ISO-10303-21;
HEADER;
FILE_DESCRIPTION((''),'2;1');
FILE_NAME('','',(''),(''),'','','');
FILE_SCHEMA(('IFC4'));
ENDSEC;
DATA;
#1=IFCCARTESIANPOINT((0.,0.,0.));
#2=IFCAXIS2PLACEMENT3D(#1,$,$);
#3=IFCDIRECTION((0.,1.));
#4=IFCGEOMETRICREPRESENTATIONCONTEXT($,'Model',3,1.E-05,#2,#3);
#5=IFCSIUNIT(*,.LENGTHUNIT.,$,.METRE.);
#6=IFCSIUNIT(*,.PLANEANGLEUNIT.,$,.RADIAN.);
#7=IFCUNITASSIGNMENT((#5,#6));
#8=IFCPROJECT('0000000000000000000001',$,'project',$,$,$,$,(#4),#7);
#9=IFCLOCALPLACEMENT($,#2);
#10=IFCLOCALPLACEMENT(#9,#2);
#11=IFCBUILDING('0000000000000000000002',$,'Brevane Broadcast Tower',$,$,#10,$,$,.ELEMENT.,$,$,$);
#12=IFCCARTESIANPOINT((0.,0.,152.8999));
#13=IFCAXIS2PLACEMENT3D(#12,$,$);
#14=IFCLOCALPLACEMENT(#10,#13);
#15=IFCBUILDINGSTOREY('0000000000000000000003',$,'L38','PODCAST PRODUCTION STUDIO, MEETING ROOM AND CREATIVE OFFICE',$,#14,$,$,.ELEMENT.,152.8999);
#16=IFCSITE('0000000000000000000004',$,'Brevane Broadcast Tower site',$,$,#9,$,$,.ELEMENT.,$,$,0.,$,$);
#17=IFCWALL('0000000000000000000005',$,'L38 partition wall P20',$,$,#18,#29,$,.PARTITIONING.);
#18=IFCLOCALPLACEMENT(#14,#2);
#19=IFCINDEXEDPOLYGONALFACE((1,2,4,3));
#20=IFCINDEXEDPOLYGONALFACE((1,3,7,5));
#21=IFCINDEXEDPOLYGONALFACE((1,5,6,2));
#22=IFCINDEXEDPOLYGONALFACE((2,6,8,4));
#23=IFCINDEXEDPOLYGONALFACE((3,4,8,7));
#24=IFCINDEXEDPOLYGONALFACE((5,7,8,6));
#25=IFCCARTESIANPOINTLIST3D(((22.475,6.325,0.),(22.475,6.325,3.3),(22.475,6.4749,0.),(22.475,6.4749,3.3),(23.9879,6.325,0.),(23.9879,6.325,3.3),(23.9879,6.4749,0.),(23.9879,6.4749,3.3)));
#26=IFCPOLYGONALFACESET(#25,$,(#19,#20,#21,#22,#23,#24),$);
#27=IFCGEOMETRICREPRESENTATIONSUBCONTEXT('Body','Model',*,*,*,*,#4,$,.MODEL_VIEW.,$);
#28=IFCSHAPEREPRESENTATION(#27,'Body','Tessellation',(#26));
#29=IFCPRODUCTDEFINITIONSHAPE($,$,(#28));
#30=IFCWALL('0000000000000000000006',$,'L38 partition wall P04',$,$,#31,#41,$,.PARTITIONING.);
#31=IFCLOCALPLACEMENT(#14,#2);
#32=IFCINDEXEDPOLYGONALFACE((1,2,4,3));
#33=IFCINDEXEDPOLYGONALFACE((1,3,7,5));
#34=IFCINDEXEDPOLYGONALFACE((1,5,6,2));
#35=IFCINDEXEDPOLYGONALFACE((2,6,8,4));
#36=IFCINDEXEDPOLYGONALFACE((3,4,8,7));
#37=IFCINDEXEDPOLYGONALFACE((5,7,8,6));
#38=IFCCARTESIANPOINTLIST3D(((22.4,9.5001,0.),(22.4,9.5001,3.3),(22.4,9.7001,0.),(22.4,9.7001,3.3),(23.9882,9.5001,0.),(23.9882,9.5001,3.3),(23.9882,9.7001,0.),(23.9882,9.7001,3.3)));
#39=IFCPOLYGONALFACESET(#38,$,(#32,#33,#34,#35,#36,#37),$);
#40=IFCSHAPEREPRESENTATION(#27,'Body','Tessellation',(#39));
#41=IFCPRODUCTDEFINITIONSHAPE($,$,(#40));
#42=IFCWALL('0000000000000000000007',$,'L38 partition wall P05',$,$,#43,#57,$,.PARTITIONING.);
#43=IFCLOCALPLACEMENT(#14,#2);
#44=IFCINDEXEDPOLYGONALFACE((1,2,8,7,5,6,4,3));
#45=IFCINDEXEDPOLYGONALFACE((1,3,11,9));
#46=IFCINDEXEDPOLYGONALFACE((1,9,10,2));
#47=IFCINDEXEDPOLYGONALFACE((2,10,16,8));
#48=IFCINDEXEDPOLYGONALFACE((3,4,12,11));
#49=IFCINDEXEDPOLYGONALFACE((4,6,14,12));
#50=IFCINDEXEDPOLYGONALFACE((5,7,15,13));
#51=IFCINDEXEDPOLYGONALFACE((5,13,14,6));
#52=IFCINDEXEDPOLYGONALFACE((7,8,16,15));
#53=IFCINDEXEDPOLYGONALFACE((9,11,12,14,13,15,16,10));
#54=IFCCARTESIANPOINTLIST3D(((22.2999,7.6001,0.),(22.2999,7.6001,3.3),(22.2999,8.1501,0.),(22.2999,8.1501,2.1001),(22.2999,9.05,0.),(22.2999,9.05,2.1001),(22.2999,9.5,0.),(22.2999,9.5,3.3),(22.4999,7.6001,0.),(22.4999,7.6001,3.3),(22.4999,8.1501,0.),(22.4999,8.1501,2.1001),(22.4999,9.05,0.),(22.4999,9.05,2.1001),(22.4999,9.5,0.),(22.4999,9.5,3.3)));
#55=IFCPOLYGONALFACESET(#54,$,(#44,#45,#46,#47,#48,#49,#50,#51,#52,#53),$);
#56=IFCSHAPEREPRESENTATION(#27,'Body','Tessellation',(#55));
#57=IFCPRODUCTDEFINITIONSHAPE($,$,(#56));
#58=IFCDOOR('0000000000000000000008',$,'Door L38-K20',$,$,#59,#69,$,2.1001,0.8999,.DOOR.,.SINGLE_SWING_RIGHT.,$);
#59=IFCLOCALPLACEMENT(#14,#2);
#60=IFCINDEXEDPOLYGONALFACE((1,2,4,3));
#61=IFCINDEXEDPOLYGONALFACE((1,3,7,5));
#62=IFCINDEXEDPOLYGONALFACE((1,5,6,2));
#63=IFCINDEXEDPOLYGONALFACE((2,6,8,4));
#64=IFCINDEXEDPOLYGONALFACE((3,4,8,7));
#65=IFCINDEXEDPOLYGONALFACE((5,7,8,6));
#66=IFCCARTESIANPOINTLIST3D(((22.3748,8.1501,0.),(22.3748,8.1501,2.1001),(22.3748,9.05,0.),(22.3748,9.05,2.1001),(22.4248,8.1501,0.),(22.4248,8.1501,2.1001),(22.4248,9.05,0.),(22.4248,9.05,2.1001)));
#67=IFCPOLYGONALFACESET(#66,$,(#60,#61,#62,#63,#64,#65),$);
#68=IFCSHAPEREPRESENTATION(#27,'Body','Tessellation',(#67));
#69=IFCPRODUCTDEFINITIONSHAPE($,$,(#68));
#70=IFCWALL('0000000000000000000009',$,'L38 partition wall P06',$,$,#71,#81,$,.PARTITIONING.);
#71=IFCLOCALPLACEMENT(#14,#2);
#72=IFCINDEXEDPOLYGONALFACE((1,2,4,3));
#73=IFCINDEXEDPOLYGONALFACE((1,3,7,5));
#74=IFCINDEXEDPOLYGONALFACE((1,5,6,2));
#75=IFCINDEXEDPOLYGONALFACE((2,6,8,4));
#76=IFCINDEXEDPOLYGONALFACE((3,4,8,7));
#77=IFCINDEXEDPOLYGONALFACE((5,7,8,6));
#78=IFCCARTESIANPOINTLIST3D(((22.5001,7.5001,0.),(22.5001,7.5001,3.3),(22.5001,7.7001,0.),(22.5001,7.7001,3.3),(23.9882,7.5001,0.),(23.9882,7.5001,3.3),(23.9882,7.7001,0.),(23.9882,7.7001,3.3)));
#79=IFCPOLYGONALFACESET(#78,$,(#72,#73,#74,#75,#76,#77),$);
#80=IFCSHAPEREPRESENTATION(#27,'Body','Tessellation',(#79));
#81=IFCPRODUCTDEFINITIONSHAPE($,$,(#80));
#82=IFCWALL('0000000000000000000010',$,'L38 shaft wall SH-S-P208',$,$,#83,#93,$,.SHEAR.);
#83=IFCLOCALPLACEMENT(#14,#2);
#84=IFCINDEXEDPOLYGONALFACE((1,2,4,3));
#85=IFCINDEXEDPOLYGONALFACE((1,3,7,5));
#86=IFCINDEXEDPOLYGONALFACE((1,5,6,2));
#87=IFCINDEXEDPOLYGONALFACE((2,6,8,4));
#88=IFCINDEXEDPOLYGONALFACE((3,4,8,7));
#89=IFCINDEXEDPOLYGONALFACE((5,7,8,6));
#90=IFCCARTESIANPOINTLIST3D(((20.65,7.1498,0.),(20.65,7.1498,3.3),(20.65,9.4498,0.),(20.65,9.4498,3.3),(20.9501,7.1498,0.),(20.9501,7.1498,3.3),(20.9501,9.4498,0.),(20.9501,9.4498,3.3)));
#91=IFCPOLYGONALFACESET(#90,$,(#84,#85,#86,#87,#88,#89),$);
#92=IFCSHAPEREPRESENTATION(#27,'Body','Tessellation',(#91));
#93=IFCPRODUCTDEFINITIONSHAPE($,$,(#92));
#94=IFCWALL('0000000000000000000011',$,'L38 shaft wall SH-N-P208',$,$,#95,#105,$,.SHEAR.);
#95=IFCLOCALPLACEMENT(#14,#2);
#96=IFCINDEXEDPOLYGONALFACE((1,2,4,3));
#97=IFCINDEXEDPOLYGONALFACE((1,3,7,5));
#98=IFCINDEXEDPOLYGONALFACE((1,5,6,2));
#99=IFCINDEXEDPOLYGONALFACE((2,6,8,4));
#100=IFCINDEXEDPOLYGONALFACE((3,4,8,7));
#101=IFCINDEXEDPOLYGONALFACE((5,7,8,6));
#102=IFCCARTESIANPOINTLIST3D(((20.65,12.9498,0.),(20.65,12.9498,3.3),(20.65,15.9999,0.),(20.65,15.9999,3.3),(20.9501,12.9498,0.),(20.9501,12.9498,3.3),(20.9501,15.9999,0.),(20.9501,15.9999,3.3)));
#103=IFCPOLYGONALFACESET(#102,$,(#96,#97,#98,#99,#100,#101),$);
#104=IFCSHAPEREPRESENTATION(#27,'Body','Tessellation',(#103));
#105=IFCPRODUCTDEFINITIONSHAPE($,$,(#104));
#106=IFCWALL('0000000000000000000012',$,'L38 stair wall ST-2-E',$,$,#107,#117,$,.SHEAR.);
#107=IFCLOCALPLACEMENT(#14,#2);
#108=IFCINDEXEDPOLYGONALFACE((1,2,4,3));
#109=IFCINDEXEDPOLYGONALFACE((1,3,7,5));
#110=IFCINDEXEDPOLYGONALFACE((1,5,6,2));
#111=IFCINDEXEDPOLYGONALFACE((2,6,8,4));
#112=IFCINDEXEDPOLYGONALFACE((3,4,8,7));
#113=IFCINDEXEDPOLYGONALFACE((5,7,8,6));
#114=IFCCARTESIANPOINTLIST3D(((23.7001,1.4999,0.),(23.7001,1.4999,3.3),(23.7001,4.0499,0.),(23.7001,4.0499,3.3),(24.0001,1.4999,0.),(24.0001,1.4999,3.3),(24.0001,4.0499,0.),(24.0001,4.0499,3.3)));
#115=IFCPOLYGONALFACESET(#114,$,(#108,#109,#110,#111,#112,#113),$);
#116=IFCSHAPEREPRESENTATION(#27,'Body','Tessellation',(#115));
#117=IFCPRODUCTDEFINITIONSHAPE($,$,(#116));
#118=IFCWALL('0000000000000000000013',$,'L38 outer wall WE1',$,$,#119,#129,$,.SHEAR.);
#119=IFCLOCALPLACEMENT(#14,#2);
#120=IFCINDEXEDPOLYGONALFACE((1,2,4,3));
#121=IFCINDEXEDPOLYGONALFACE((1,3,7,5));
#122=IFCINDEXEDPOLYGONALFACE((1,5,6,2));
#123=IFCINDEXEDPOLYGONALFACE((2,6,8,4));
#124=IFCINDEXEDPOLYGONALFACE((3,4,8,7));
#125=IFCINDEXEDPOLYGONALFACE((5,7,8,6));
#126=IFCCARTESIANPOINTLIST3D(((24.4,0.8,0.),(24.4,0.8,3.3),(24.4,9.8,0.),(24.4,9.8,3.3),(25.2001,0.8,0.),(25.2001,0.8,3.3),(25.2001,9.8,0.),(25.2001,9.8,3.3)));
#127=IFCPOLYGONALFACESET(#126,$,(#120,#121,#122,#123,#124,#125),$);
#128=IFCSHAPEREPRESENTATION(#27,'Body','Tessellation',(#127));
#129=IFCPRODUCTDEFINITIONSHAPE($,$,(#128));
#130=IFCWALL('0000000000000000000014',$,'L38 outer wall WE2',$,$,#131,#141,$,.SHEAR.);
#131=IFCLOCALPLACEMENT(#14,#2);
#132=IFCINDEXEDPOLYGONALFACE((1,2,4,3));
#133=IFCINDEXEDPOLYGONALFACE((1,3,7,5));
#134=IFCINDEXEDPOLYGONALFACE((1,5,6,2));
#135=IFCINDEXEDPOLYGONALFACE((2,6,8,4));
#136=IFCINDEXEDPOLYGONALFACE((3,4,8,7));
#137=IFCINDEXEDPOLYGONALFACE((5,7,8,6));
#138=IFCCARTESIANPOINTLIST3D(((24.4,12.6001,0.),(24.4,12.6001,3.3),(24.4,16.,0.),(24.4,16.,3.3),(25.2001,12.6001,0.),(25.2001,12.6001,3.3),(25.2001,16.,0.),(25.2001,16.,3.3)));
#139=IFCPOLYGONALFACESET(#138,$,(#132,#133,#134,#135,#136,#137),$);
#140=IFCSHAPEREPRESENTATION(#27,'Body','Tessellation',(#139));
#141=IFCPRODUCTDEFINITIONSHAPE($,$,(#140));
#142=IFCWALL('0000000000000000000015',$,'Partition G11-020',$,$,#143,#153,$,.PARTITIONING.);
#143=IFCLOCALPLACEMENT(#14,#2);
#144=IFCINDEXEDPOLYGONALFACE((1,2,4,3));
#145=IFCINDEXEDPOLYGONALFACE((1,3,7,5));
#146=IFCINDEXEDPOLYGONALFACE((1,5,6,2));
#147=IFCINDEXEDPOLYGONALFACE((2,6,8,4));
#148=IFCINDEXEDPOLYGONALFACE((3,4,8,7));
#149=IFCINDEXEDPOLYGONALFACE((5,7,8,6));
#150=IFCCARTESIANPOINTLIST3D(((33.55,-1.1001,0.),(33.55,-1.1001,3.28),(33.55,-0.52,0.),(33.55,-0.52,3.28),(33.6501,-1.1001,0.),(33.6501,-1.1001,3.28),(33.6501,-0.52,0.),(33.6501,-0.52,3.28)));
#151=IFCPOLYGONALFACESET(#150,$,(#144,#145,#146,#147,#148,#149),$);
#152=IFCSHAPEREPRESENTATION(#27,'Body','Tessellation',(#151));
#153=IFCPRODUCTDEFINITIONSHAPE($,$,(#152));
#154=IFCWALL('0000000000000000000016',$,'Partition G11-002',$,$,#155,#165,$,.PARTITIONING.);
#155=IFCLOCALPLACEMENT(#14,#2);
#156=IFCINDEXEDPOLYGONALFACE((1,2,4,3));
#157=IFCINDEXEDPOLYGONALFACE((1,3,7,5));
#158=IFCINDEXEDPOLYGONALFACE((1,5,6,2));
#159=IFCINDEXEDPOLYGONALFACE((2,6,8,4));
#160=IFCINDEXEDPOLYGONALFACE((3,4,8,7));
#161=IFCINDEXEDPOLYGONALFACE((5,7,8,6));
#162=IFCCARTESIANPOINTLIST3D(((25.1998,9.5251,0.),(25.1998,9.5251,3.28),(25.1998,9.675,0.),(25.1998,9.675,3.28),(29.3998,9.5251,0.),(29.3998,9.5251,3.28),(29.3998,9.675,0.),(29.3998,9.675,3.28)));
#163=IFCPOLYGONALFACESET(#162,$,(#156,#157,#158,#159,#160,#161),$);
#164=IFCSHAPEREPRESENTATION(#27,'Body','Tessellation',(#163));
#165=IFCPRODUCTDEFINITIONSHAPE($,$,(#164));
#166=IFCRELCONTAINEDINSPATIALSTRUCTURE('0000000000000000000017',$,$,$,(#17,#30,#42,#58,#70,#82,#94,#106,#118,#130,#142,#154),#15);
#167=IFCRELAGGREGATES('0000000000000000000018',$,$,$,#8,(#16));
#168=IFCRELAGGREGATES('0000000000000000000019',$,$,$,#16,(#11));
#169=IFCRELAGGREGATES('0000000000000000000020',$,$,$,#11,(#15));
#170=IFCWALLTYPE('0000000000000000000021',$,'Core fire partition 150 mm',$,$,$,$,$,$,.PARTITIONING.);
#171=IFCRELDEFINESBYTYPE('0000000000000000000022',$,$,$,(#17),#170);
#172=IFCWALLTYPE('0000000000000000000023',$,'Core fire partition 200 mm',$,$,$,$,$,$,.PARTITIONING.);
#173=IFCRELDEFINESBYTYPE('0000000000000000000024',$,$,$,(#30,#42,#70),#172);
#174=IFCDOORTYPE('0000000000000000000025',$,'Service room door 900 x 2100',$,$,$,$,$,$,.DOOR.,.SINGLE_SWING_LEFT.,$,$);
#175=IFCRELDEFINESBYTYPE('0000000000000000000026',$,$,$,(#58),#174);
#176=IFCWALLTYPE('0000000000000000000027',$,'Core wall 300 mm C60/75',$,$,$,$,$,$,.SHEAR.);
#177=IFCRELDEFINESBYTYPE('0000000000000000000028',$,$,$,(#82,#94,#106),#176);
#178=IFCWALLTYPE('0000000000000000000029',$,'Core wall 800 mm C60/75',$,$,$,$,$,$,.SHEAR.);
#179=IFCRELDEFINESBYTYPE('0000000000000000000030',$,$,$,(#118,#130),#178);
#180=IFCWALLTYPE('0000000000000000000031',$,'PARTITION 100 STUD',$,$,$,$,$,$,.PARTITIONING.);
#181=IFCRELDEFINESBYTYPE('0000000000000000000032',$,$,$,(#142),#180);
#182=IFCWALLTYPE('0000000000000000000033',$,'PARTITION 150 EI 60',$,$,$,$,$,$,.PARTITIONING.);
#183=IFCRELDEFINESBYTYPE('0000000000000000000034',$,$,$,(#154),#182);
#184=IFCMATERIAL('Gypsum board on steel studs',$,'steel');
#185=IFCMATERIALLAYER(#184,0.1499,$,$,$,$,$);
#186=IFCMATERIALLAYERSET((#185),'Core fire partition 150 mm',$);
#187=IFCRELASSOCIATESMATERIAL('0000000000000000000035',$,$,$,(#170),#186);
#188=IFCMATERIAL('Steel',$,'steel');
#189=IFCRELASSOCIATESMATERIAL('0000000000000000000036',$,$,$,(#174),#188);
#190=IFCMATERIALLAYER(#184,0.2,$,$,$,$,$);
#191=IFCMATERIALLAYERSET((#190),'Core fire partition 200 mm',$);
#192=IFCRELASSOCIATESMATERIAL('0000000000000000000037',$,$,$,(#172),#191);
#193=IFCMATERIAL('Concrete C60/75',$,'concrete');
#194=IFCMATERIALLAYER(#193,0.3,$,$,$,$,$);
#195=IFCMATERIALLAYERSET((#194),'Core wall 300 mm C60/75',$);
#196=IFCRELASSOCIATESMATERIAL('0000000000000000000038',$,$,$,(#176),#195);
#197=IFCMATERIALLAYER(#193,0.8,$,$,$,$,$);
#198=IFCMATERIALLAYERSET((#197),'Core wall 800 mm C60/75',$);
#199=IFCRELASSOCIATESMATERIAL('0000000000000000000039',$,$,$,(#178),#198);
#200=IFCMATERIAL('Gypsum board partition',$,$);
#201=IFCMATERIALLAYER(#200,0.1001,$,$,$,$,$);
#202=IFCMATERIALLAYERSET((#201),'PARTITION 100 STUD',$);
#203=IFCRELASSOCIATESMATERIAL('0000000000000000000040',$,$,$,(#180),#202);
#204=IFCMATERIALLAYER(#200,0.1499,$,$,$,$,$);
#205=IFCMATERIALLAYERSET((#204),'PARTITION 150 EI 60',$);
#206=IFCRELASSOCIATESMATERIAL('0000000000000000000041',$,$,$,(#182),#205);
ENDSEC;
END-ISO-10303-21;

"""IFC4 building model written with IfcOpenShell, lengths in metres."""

from ifc_helpers import new_model, si_unit, direction, frame, frame_2d, origin, place, context, subcontext, project, spatial, rectangle, extrude, material, layer, layer_set, type_object, element, fill, save


model = new_model("IFC4")

# Units and contexts
model_context = context("Model", 3, precision=1e-05, world=origin(), true_north=direction((0.0, 1.0)))
body_context = subcontext(model_context, "Body", "Model", "MODEL_VIEW")
ifc_project = project(units=[si_unit("LENGTHUNIT", "METRE"), si_unit("PLANEANGLEUNIT", "RADIAN")], contexts=[model_context])

# Site, building, storey
site_placement = place(None, origin())
site = spatial("IfcSite", under=ifc_project, at=site_placement, Name="Brevane Broadcast Tower site", CompositionType="ELEMENT", RefElevation=0.0)
building_placement = place(site_placement, origin())
building = spatial("IfcBuilding", under=site, at=building_placement, Name="Brevane Broadcast Tower", CompositionType="ELEMENT")
storey_placement = place(building_placement, frame((0.0, 0.0, 152.8999)))
storey = spatial("IfcBuildingStorey", under=building, at=storey_placement, Name="L38", Description="PODCAST PRODUCTION STUDIO, MEETING ROOM AND CREATIVE OFFICE", CompositionType="ELEMENT", Elevation=152.8999)

# Shared definitions
ifc_material_1 = material(Name="Concrete C60/75", Category="concrete")

# Shared definitions
ifc_material_2 = material(Name="Gypsum board on steel studs", Category="steel")
ifc_layer_1 = layer(ifc_material_2, 0.1499)
ifc_layer_set_1 = layer_set([ifc_layer_1], Name="Core fire partition 150 mm")
wall_type_1 = type_object("IfcWallType", Name="Core fire partition 150 mm", PredefinedType="PARTITIONING", material=ifc_layer_set_1)
ifc_material_3 = material(Name="Steel", Category="steel")
door_type_1 = type_object("IfcDoorType", Name="Service room door 900 x 2100", OperationType="SINGLE_SWING_LEFT", PredefinedType="DOOR", material=ifc_material_3)

# Walls
wall_1_placement = place(storey_placement, frame((22.4751, 6.3999, 0.0), z_axis=(0.0, 0.0, 1.0), x_axis=(1.0, 0.0, 0.0)))
element("IfcWall", 1, at=wall_1_placement, inside=storey, type_object=wall_type_1, Name="L38 partition wall P20", PredefinedType="PARTITIONING", context=body_context, shape_type="SweptSolid", body=[
    extrude(rectangle(XDim=1.5129, YDim=0.1499, at=frame_2d((0.7563, 0.0))), origin(), (0.0, 0.0, 1.0), 3.3),
])
ifc_layer_2 = layer(ifc_material_2, 0.2)
ifc_layer_set_2 = layer_set([ifc_layer_2], Name="Core fire partition 200 mm")
wall_type_2 = type_object("IfcWallType", Name="Core fire partition 200 mm", PredefinedType="PARTITIONING", material=ifc_layer_set_2)
wall_2_placement = place(storey_placement, frame((23.988, 9.6001, 0.0), z_axis=(0.0, 0.0, 1.0), x_axis=(-1.0, 0.0, 0.0)))
element("IfcWall", 2, at=wall_2_placement, inside=storey, type_object=wall_type_2, Name="L38 partition wall P04", PredefinedType="PARTITIONING", context=body_context, shape_type="SweptSolid", body=[
    extrude(rectangle(XDim=1.5881, YDim=0.2, at=frame_2d((0.7939, 0.0))), origin(), (0.0, 0.0, 1.0), 3.3),
])

# Wall, opening, door
wall_3_placement = place(storey_placement, frame((22.3999, 9.5, 0.0), z_axis=(0.0, 0.0, 1.0), x_axis=(0.0, -1.0, 0.0)))
wall_3 = element("IfcWall", 3, at=wall_3_placement, inside=storey, type_object=wall_type_2, Name="L38 partition wall P05", PredefinedType="PARTITIONING", context=body_context, shape_type="SweptSolid", body=[
    extrude(rectangle(XDim=1.8999, YDim=0.2, at=frame_2d((0.95, 0.0))), origin(), (0.0, 0.0, 1.0), 3.3),
])
opening_1_placement = place(wall_3_placement, frame((0.45, 0.0, 0.0)))
opening_1 = element("IfcOpeningElement", 4, at=opening_1_placement, cuts=wall_3, PredefinedType="OPENING", context=body_context, shape_type="SweptSolid", body=[
    extrude(rectangle(XDim=0.8999, YDim=2.1001, at=frame_2d((0.45, 1.05))), frame((0.0, 0.1099, 0.0), z_axis=(0.0, -1.0, 0.0), x_axis=(1.0, 0.0, 0.0)), (0.0, 0.0, 1.0), 0.22),
])
door_1_placement = place(opening_1_placement, origin())
door_1 = element("IfcDoor", 5, at=door_1_placement, inside=storey, type_object=door_type_1, Name="Door L38-K20", OperationType="SINGLE_SWING_RIGHT", OverallHeight=2.1001, OverallWidth=0.8999, PredefinedType="DOOR", context=body_context, shape_type="SweptSolid", body=[
    extrude(rectangle(XDim=0.8999, YDim=2.1001, at=frame_2d((0.45, 1.05))), frame((0.0, 0.0249, 0.0), z_axis=(0.0, -1.0, 0.0), x_axis=(1.0, 0.0, 0.0)), (0.0, 0.0, 1.0), 0.05),
])
fill(opening_1, door_1)

# Walls
wall_4_placement = place(storey_placement, frame((22.5, 7.6001, 0.0), z_axis=(0.0, 0.0, 1.0), x_axis=(1.0, 0.0, 0.0)))
element("IfcWall", 6, at=wall_4_placement, inside=storey, type_object=wall_type_2, Name="L38 partition wall P06", PredefinedType="PARTITIONING", context=body_context, shape_type="SweptSolid", body=[
    extrude(rectangle(XDim=1.488, YDim=0.2, at=frame_2d((0.7441, 0.0))), origin(), (0.0, 0.0, 1.0), 3.3),
])
ifc_layer_3 = layer(ifc_material_1, 0.3)
ifc_layer_set_3 = layer_set([ifc_layer_3], Name="Core wall 300 mm C60/75")
wall_type_3 = type_object("IfcWallType", Name="Core wall 300 mm C60/75", PredefinedType="SHEAR", material=ifc_layer_set_3)
wall_5_placement = place(storey_placement, frame((20.8, 7.1499, 0.0), z_axis=(0.0, 0.0, 1.0), x_axis=(0.0, 1.0, 0.0)))
element("IfcWall", 7, at=wall_5_placement, inside=storey, type_object=wall_type_3, Name="L38 shaft wall SH-S-P208", PredefinedType="SHEAR", context=body_context, shape_type="SweptSolid", body=[
    extrude(rectangle(XDim=2.3, YDim=0.3, at=frame_2d((1.1499, 0.0))), origin(), (0.0, 0.0, 1.0), 3.3),
])
wall_6_placement = place(storey_placement, frame((20.8, 12.95, 0.0), z_axis=(0.0, 0.0, 1.0), x_axis=(0.0, 1.0, 0.0)))
element("IfcWall", 8, at=wall_6_placement, inside=storey, type_object=wall_type_3, Name="L38 shaft wall SH-N-P208", PredefinedType="SHEAR", context=body_context, shape_type="SweptSolid", body=[
    extrude(rectangle(XDim=3.05, YDim=0.3, at=frame_2d((1.5249, 0.0))), origin(), (0.0, 0.0, 1.0), 3.3),
])
wall_7_placement = place(storey_placement, frame((23.8501, 1.5, 0.0), z_axis=(0.0, 0.0, 1.0), x_axis=(0.0, 1.0, 0.0)))
element("IfcWall", 9, at=wall_7_placement, inside=storey, type_object=wall_type_3, Name="L38 stair wall ST-2-E", PredefinedType="SHEAR", context=body_context, shape_type="SweptSolid", body=[
    extrude(rectangle(XDim=2.55, YDim=0.3, at=frame_2d((1.2749, 0.0))), origin(), (0.0, 0.0, 1.0), 3.3),
])
ifc_layer_4 = layer(ifc_material_1, 0.8)
ifc_layer_set_4 = layer_set([ifc_layer_4], Name="Core wall 800 mm C60/75")
wall_type_4 = type_object("IfcWallType", Name="Core wall 800 mm C60/75", PredefinedType="SHEAR", material=ifc_layer_set_4)
wall_8_placement = place(storey_placement, frame((24.8, 0.8, 0.0), z_axis=(0.0, 0.0, 1.0), x_axis=(0.0, 1.0, 0.0)))
element("IfcWall", 10, at=wall_8_placement, inside=storey, type_object=wall_type_4, Name="L38 outer wall WE1", PredefinedType="SHEAR", context=body_context, shape_type="SweptSolid", body=[
    extrude(rectangle(XDim=9.0, YDim=0.8, at=frame_2d((4.5, 0.0))), origin(), (0.0, 0.0, 1.0), 3.3),
])
wall_9_placement = place(storey_placement, frame((24.8, 12.6001, 0.0), z_axis=(0.0, 0.0, 1.0), x_axis=(0.0, 1.0, 0.0)))
element("IfcWall", 11, at=wall_9_placement, inside=storey, type_object=wall_type_4, Name="L38 outer wall WE2", PredefinedType="SHEAR", context=body_context, shape_type="SweptSolid", body=[
    extrude(rectangle(XDim=3.3999, YDim=0.8, at=frame_2d((1.7, 0.0))), origin(), (0.0, 0.0, 1.0), 3.3),
])
ifc_material_4 = material(Name="Gypsum board partition")
ifc_layer_5 = layer(ifc_material_4, 0.1001)
ifc_layer_set_5 = layer_set([ifc_layer_5], Name="PARTITION 100 STUD")
wall_type_5 = type_object("IfcWallType", Name="PARTITION 100 STUD", PredefinedType="PARTITIONING", material=ifc_layer_set_5)
wall_10_placement = place(storey_placement, frame((33.6001, -0.52, 0.0), z_axis=(0.0, 0.0, 1.0), x_axis=(0.0, -1.0, 0.0)))
element("IfcWall", 12, at=wall_10_placement, inside=storey, type_object=wall_type_5, Name="Partition G11-020", PredefinedType="PARTITIONING", context=body_context, shape_type="SweptSolid", body=[
    extrude(rectangle(XDim=0.5801, YDim=0.1001, at=frame_2d((0.29, 0.0))), origin(), (0.0, 0.0, 1.0), 3.28),
])
ifc_layer_6 = layer(ifc_material_4, 0.1499)
ifc_layer_set_6 = layer_set([ifc_layer_6], Name="PARTITION 150 EI 60")
wall_type_6 = type_object("IfcWallType", Name="PARTITION 150 EI 60", PredefinedType="PARTITIONING", material=ifc_layer_set_6)
wall_11_placement = place(storey_placement, frame((29.3999, 9.6001, 0.0), z_axis=(0.0, 0.0, 1.0), x_axis=(-1.0, 0.0, 0.0)))
element("IfcWall", 13, at=wall_11_placement, inside=storey, type_object=wall_type_6, Name="Partition G11-002", PredefinedType="PARTITIONING", context=body_context, shape_type="SweptSolid", body=[
    extrude(rectangle(XDim=4.2, YDim=0.1499, at=frame_2d((2.1001, 0.0))), origin(), (0.0, 0.0, 1.0), 3.28),
])

save(model, "model.ifc")
